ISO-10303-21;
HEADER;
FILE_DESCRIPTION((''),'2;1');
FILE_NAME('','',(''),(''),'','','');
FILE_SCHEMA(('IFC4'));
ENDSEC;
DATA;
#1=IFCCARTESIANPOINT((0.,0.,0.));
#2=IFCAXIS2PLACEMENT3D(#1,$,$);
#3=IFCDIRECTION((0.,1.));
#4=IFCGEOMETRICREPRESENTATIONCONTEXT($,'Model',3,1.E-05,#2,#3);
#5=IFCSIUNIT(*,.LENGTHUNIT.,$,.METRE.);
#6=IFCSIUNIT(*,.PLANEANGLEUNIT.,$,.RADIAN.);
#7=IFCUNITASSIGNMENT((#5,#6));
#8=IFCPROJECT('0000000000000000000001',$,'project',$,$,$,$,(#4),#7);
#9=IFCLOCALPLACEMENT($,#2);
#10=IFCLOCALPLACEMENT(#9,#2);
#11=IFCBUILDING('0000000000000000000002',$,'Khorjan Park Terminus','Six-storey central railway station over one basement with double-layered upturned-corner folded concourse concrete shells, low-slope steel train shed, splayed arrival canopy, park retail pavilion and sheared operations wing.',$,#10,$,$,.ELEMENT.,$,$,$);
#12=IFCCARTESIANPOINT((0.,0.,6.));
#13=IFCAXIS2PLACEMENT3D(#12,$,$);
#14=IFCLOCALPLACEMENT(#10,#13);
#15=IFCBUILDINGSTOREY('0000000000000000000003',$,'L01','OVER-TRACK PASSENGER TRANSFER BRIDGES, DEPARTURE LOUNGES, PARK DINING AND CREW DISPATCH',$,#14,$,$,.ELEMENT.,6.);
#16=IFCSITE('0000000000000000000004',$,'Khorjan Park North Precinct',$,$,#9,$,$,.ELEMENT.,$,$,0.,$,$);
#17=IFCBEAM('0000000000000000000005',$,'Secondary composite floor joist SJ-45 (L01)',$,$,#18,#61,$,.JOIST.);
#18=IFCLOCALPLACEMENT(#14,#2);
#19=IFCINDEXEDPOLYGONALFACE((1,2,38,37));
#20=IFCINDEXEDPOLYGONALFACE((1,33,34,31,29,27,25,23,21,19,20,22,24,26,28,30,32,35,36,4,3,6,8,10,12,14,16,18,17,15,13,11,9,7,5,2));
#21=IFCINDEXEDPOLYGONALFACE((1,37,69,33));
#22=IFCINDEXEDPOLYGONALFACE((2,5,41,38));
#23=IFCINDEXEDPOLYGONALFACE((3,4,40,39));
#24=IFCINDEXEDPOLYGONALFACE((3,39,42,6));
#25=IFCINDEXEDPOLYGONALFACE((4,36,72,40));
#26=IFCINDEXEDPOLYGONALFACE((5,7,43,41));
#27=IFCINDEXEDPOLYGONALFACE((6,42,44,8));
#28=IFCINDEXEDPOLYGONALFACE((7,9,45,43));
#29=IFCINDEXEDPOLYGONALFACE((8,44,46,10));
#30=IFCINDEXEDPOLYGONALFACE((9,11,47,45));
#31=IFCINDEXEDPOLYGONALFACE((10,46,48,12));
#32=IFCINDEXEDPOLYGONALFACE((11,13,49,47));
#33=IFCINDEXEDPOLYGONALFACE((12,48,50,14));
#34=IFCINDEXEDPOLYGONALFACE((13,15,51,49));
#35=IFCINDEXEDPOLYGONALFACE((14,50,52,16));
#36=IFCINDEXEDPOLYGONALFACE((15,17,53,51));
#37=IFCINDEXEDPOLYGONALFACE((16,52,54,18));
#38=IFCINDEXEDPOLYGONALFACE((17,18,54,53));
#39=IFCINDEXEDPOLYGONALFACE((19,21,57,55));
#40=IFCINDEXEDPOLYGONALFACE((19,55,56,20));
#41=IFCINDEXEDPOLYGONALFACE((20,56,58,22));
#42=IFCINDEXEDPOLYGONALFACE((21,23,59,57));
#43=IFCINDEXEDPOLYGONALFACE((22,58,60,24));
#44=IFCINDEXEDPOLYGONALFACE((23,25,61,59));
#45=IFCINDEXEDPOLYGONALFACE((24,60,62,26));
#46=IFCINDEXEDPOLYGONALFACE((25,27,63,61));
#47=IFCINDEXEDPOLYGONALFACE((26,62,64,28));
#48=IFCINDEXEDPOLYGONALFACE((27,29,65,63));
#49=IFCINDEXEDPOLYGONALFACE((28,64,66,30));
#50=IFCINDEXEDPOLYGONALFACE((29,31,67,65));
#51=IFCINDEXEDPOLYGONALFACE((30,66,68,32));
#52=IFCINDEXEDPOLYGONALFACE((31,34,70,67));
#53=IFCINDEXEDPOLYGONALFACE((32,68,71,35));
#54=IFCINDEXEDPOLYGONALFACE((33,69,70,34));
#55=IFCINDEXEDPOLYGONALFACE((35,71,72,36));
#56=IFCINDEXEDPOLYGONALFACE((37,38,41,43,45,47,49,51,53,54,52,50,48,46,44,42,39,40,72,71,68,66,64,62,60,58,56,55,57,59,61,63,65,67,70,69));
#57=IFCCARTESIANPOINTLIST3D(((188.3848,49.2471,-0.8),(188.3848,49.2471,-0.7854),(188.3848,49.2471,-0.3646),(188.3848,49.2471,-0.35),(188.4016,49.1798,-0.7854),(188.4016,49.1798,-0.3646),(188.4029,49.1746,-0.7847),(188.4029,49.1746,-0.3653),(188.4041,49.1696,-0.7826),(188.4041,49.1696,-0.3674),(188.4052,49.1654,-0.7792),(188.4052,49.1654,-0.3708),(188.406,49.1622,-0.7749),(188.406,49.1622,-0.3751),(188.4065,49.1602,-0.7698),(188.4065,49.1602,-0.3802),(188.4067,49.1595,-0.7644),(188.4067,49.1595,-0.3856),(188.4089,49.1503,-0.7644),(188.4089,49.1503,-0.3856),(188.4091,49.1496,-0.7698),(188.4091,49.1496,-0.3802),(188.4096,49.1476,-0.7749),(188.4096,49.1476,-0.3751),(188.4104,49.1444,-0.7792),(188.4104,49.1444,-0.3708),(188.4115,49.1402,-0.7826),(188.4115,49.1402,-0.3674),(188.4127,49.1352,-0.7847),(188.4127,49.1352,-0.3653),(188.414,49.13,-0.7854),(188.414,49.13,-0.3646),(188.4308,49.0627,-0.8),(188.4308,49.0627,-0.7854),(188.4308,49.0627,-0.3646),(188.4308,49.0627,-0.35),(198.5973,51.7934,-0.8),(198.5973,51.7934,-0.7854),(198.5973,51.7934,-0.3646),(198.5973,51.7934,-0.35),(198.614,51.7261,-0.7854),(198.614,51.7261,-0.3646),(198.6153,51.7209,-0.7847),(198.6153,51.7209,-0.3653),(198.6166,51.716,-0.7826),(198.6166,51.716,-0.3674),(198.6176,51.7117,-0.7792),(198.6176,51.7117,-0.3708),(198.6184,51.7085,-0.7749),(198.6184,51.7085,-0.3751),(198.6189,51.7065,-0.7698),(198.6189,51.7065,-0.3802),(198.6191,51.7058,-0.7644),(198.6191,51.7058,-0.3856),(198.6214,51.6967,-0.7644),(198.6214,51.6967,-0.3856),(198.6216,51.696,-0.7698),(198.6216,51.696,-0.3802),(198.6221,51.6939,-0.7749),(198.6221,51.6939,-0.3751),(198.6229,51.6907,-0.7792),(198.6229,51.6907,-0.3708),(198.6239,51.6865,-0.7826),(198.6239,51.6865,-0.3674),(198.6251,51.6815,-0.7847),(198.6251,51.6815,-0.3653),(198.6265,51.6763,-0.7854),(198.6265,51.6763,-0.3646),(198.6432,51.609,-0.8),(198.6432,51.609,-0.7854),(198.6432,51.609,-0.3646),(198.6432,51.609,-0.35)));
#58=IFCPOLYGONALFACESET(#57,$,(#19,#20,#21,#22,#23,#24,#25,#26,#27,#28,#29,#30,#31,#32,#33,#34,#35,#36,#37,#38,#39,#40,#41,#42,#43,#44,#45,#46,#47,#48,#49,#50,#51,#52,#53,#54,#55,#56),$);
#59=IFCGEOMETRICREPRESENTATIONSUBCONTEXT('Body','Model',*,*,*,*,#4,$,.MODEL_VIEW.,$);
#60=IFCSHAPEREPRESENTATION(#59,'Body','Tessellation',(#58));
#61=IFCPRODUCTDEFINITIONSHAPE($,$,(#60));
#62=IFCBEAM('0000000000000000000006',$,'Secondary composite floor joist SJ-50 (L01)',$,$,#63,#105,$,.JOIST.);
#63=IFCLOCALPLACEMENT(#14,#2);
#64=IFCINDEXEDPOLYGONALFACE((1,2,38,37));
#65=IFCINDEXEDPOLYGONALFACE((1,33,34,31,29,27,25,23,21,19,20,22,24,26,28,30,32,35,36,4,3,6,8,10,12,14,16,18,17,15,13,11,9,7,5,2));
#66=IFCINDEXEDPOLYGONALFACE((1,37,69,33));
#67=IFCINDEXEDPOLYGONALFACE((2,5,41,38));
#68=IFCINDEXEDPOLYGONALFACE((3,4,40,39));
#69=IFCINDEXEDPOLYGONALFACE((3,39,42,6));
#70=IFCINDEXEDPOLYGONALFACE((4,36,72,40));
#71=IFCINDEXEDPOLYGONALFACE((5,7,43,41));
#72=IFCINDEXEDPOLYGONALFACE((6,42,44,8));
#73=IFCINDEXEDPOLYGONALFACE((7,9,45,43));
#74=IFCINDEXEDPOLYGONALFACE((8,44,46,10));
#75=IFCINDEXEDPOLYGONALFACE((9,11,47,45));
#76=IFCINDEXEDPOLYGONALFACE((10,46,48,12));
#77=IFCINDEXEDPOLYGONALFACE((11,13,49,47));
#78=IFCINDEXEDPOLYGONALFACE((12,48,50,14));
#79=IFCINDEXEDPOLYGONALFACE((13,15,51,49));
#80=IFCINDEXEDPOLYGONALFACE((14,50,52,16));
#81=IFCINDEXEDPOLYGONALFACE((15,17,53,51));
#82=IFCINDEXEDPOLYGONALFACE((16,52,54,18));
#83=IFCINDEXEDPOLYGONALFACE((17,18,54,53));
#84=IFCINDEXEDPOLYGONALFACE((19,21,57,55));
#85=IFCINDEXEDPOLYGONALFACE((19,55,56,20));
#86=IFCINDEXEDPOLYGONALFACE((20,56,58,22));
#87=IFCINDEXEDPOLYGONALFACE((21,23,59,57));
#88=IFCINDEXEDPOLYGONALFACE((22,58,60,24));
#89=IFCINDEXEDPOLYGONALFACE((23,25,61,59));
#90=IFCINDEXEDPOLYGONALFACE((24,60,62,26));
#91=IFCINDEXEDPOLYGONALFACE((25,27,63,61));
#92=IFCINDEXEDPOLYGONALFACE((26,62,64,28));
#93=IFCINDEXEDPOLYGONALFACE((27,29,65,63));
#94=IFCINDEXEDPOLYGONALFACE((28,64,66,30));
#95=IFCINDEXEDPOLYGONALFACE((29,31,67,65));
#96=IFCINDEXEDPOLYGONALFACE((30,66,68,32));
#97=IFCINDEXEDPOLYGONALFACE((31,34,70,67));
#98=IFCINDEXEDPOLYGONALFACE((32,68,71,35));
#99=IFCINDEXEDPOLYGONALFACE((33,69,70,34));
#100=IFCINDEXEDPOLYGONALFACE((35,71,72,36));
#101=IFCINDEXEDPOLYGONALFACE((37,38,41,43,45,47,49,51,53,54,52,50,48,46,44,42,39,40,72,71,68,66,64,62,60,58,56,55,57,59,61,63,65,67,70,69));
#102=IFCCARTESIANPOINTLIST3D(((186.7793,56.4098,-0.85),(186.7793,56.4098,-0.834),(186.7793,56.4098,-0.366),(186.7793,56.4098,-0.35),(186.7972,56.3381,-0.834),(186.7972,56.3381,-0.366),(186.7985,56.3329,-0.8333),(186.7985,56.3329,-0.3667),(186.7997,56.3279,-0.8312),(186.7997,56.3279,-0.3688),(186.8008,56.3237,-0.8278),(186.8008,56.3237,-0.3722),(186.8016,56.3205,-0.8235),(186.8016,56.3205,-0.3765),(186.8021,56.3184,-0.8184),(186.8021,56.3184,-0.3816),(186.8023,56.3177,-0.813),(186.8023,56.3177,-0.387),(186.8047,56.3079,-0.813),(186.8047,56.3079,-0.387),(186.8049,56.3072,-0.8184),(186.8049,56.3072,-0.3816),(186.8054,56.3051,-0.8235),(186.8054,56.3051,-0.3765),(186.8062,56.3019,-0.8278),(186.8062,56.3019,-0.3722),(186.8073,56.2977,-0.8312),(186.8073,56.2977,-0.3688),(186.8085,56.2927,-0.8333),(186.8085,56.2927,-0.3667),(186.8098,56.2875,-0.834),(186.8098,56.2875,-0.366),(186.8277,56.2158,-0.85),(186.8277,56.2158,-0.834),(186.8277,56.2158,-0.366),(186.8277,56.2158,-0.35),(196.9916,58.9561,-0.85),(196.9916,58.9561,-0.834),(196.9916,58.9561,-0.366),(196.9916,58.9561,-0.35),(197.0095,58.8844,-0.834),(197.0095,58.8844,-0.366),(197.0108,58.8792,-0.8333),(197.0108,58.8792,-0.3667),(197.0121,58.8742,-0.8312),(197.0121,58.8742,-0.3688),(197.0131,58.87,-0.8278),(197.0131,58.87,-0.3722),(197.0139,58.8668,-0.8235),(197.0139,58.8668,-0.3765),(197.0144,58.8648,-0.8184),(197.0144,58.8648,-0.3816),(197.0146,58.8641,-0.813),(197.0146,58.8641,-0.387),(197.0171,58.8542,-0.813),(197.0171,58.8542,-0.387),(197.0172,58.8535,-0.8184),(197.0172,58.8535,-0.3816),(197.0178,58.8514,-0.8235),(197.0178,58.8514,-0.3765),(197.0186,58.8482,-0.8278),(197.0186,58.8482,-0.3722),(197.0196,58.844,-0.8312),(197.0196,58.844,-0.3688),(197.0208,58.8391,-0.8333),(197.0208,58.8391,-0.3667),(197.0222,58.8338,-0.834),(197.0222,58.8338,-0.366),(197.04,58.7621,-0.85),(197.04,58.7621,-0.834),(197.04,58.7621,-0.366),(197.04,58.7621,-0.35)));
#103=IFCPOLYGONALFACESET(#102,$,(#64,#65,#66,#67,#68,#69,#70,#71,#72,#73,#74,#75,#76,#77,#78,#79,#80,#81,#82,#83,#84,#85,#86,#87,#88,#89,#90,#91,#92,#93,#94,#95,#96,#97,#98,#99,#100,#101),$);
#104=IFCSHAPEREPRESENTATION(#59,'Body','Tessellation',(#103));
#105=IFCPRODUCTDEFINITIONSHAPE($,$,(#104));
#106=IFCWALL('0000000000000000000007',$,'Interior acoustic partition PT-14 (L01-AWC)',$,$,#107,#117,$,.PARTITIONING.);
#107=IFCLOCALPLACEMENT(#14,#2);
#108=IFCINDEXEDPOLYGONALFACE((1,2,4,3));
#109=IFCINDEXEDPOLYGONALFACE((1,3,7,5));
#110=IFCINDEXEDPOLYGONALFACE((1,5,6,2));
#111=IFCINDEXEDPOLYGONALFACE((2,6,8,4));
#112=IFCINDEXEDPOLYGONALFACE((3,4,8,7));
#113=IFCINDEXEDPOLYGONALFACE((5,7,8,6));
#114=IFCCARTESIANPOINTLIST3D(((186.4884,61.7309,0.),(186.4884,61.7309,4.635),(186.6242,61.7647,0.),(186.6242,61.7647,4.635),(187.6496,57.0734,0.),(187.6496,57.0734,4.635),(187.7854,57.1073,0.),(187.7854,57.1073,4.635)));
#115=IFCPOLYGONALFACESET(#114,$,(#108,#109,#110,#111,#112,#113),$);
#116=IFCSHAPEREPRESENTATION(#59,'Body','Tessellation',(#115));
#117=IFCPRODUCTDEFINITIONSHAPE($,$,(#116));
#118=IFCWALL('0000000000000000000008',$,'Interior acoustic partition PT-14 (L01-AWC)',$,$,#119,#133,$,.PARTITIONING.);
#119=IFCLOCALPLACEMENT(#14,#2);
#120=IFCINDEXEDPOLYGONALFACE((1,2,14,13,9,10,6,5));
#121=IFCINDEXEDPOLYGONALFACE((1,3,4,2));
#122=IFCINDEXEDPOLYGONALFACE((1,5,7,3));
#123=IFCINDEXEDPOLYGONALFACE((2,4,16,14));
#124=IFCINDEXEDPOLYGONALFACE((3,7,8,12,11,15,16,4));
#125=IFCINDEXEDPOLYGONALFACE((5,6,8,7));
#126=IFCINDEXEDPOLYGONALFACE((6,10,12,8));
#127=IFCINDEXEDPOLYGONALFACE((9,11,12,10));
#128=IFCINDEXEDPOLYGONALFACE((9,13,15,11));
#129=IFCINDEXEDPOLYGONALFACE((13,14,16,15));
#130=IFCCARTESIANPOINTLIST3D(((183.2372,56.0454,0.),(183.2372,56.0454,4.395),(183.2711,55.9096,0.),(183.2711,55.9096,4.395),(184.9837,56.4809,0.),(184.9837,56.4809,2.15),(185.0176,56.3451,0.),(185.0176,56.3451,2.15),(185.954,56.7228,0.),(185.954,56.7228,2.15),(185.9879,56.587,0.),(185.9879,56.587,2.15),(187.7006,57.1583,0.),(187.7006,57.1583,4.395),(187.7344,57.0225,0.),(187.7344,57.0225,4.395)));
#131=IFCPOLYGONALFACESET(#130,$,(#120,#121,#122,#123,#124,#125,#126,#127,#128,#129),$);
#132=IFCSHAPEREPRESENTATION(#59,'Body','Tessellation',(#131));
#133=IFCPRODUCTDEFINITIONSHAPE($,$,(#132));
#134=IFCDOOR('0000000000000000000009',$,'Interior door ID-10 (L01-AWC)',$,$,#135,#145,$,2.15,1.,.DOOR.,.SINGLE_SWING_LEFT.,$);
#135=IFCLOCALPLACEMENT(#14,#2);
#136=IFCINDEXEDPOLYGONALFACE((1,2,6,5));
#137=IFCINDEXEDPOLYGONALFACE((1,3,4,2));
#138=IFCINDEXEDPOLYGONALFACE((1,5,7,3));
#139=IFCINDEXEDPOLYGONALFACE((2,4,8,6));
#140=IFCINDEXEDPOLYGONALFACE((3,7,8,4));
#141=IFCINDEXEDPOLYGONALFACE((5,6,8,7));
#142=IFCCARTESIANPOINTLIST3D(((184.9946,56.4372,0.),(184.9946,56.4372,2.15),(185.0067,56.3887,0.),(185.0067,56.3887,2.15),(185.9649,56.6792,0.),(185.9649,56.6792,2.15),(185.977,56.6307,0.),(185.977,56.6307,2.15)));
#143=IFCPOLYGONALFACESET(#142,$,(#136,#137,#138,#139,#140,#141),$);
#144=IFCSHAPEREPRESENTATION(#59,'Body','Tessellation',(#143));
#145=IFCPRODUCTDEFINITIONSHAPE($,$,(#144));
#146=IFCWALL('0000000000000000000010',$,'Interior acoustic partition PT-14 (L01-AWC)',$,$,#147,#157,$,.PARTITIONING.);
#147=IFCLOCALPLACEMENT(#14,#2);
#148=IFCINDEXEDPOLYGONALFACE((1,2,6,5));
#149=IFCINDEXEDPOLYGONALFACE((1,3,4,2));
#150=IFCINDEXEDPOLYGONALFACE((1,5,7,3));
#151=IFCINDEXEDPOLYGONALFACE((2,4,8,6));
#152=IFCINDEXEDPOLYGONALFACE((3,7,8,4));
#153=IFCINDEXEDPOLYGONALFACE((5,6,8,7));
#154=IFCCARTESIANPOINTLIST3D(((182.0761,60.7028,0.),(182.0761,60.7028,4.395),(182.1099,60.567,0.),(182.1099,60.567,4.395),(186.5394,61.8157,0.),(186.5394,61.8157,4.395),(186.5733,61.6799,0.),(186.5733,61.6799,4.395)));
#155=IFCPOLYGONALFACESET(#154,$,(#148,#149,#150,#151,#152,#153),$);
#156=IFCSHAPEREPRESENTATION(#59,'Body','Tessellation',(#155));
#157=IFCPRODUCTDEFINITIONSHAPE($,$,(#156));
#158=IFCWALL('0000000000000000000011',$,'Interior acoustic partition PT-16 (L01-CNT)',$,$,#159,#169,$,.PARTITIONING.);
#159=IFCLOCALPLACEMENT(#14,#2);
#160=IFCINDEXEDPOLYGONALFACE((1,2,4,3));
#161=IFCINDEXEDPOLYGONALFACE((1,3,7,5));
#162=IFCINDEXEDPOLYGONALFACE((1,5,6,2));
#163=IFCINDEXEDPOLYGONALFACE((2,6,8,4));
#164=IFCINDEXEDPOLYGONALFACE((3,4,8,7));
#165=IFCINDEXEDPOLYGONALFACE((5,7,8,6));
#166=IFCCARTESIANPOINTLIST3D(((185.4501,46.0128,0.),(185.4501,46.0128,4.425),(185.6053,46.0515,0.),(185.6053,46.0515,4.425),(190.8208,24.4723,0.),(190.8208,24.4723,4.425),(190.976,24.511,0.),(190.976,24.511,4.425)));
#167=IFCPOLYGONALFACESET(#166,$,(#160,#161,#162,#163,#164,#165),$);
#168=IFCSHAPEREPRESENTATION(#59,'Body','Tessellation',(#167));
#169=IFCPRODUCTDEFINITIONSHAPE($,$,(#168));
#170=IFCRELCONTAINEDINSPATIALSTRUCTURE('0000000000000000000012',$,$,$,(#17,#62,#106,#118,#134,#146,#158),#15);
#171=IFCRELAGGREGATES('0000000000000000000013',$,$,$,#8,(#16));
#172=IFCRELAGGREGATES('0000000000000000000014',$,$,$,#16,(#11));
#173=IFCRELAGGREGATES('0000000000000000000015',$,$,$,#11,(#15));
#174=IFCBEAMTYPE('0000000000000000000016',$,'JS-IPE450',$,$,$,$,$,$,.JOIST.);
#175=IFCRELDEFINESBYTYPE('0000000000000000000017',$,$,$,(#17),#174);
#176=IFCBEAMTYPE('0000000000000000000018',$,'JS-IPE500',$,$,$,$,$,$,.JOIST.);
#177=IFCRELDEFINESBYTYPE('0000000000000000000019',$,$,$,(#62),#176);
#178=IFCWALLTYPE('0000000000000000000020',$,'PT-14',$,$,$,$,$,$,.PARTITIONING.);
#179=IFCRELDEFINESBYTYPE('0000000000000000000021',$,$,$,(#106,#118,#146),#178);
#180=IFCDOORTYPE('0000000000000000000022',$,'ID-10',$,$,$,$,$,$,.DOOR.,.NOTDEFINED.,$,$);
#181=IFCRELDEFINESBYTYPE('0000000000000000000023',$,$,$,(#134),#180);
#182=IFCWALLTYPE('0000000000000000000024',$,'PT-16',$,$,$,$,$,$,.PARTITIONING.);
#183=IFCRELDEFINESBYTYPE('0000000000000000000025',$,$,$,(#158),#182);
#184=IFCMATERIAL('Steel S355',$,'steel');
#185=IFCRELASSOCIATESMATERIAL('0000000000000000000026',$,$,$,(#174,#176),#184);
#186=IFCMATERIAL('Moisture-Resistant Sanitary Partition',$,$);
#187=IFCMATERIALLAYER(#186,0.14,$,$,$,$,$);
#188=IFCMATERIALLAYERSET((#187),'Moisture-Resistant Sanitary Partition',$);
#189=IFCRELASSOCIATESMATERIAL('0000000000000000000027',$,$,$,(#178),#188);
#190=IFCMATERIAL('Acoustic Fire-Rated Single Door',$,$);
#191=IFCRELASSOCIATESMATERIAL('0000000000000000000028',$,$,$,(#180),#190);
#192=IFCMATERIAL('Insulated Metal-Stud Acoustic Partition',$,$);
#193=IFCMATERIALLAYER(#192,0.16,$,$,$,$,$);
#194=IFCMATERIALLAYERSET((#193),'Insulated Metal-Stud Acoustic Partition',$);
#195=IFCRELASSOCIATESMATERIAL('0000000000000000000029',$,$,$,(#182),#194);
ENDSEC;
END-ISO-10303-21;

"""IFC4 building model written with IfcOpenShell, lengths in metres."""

from ifc_helpers import new_model, si_unit, direction, frame, frame_2d, origin, origin_2d, place, context, subcontext, project, spatial, rectangle, i_section, extrude, material, layer, layer_set, material_profile, profile_set, type_object, element, fill, save


model = new_model("IFC4")

# Units and contexts
model_context = context("Model", 3, precision=1e-05, world=origin(), true_north=direction((0.0, 1.0)))
body_context = subcontext(model_context, "Body", "Model", "MODEL_VIEW")
ifc_project = project(units=[si_unit("LENGTHUNIT", "METRE"), si_unit("PLANEANGLEUNIT", "RADIAN")], contexts=[model_context])

# Site, building, storey
site_placement = place(None, origin())
site = spatial("IfcSite", under=ifc_project, at=site_placement, Name="Khorjan Park North Precinct", CompositionType="ELEMENT", RefElevation=0.0)
building_placement = place(site_placement, origin())
building = spatial("IfcBuilding", under=site, at=building_placement, Name="Khorjan Park Terminus", Description="Six-storey central railway station over one basement with double-layered upturned-corner folded concourse concrete shells, low-slope steel train shed, splayed arrival canopy, park retail pavilion and sheared operations wing.", CompositionType="ELEMENT")
storey_placement = place(building_placement, frame((0.0, 0.0, 6.0)))
storey = spatial("IfcBuildingStorey", under=building, at=storey_placement, Name="L01", Description="OVER-TRACK PASSENGER TRANSFER BRIDGES, DEPARTURE LOUNGES, PARK DINING AND CREW DISPATCH", CompositionType="ELEMENT", Elevation=6.0)

# Beams
ifc_material_1 = material(Name="Steel S355", Category="steel")
ifc_material_profile_1 = material_profile(ifc_material_1, i_section(OverallWidth=0.19, OverallDepth=0.45, WebThickness=0.0094, FlangeThickness=0.0146, FilletRadius=0.021, at=origin_2d()), Name="IPE 450")
ifc_profile_set_1 = profile_set([ifc_material_profile_1], Name="Steel S355")
beam_type_1 = type_object("IfcBeamType", Name="JS-IPE450", PredefinedType="JOIST", material=ifc_profile_set_1)
beam_1_placement = place(storey_placement, frame((188.4078, 49.1549, -0.575), z_axis=(0.970294, 0.241928, 0.0), x_axis=(-0.241928, 0.970294, 0.0)))
element("IfcBeam", 1, at=beam_1_placement, inside=storey, type_object=beam_type_1, Name="Secondary composite floor joist SJ-45 (L01)", PredefinedType="JOIST", context=body_context, shape_type="SweptSolid", body=[
    extrude(i_section(OverallWidth=0.19, OverallDepth=0.45, WebThickness=0.0094, FlangeThickness=0.0146, FilletRadius=0.021, at=origin_2d()), origin(), (0.0, 0.0, 1.0), 10.5251),
])
ifc_material_profile_2 = material_profile(ifc_material_1, i_section(OverallWidth=0.2, OverallDepth=0.5, WebThickness=0.0102, FlangeThickness=0.016, FilletRadius=0.021, at=origin_2d()), Name="IPE 500")
ifc_profile_set_2 = profile_set([ifc_material_profile_2], Name="Steel S355")
beam_type_2 = type_object("IfcBeamType", Name="JS-IPE500", PredefinedType="JOIST", material=ifc_profile_set_2)
beam_2_placement = place(storey_placement, frame((186.8035, 56.3128, -0.6), z_axis=(0.970294, 0.24193, 0.0), x_axis=(-0.24193, 0.970294, 0.0)))
element("IfcBeam", 2, at=beam_2_placement, inside=storey, type_object=beam_type_2, Name="Secondary composite floor joist SJ-50 (L01)", PredefinedType="JOIST", context=body_context, shape_type="SweptSolid", body=[
    extrude(i_section(OverallWidth=0.2, OverallDepth=0.5, WebThickness=0.0102, FlangeThickness=0.016, FilletRadius=0.021, at=origin_2d()), origin(), (0.0, 0.0, 1.0), 10.525),
])

# Wall
ifc_material_2 = material(Name="Moisture-Resistant Sanitary Partition")
ifc_layer_1 = layer(ifc_material_2, 0.14)
ifc_layer_set_1 = layer_set([ifc_layer_1], Name="Moisture-Resistant Sanitary Partition")
wall_type_1 = type_object("IfcWallType", Name="PT-14", PredefinedType="PARTITIONING", material=ifc_layer_set_1)
wall_1_placement = place(storey_placement, frame((186.5563, 61.7478, 0.0), z_axis=(0.0, 0.0, 1.0), x_axis=(0.241918, -0.970297, 0.0)))
element("IfcWall", 3, at=wall_1_placement, inside=storey, type_object=wall_type_1, Name="Interior acoustic partition PT-14 (L01-AWC)", PredefinedType="PARTITIONING", context=body_context, shape_type="SweptSolid", body=[
    extrude(rectangle(XDim=4.8, YDim=0.14, at=frame_2d((2.4, 0.0))), origin(), (0.0, 0.0, 1.0), 4.635),
])

# Wall, opening, door
wall_2_placement = place(storey_placement, frame((187.7175, 57.0904, 0.0), z_axis=(0.0, 0.0, 1.0), x_axis=(-0.970292, -0.241937, 0.0)))
wall_2 = element("IfcWall", 4, at=wall_2_placement, inside=storey, type_object=wall_type_1, Name="Interior acoustic partition PT-14 (L01-AWC)", PredefinedType="PARTITIONING", context=body_context, shape_type="SweptSolid", body=[
    extrude(rectangle(XDim=4.6, YDim=0.14, at=frame_2d((2.3, 0.0))), origin(), (0.0, 0.0, 1.0), 4.395),
])
opening_placement = place(wall_2_placement, frame((1.8, 0.0, 0.0)))
opening = element("IfcOpeningElement", 5, at=opening_placement, cuts=wall_2, PredefinedType="OPENING", context=body_context, shape_type="SweptSolid", body=[
    extrude(rectangle(XDim=1.0, YDim=2.15, at=frame_2d((0.5, 1.075))), frame((0.0, 0.08, 0.0), z_axis=(0.0, -1.0, 0.0), x_axis=(1.0, 0.0, 0.0)), (0.0, 0.0, 1.0), 0.16),
])
ifc_material_3 = material(Name="Acoustic Fire-Rated Single Door")
door_type = type_object("IfcDoorType", Name="ID-10", OperationType="NOTDEFINED", PredefinedType="DOOR", material=ifc_material_3)
door_placement = place(opening_placement, origin())
door = element("IfcDoor", 6, at=door_placement, inside=storey, type_object=door_type, Name="Interior door ID-10 (L01-AWC)", OperationType="SINGLE_SWING_LEFT", OverallHeight=2.15, OverallWidth=1.0, PredefinedType="DOOR", context=body_context, shape_type="SweptSolid", body=[
    extrude(rectangle(XDim=1.0, YDim=2.15, at=frame_2d((0.5, 1.075))), frame((0.0, 0.025, 0.0), z_axis=(0.0, -1.0, 0.0), x_axis=(1.0, 0.0, 0.0)), (0.0, 0.0, 1.0), 0.05),
])
fill(opening, door)

# Walls
wall_3_placement = place(storey_placement, frame((182.093, 60.6349, 0.0), z_axis=(0.0, 0.0, 1.0), x_axis=(0.970292, 0.241937, 0.0)))
element("IfcWall", 7, at=wall_3_placement, inside=storey, type_object=wall_type_1, Name="Interior acoustic partition PT-14 (L01-AWC)", PredefinedType="PARTITIONING", context=body_context, shape_type="SweptSolid", body=[
    extrude(rectangle(XDim=4.6, YDim=0.14, at=frame_2d((2.3, 0.0))), origin(), (0.0, 0.0, 1.0), 4.395),
])
ifc_material_4 = material(Name="Insulated Metal-Stud Acoustic Partition")
ifc_layer_2 = layer(ifc_material_4, 0.16)
ifc_layer_set_2 = layer_set([ifc_layer_2], Name="Insulated Metal-Stud Acoustic Partition")
wall_type_2 = type_object("IfcWallType", Name="PT-16", PredefinedType="PARTITIONING", material=ifc_layer_set_2)
wall_4_placement = place(storey_placement, frame((185.5277, 46.0321, 0.0), z_axis=(0.0, 0.0, 1.0), x_axis=(0.241924, -0.970295, 0.0)))
element("IfcWall", 8, at=wall_4_placement, inside=storey, type_object=wall_type_2, Name="Interior acoustic partition PT-16 (L01-CNT)", PredefinedType="PARTITIONING", context=body_context, shape_type="SweptSolid", body=[
    extrude(rectangle(XDim=22.1999, YDim=0.16, at=frame_2d((11.0999, 0.0))), origin(), (0.0, 0.0, 1.0), 4.425),
])

save(model, "model.ifc")
